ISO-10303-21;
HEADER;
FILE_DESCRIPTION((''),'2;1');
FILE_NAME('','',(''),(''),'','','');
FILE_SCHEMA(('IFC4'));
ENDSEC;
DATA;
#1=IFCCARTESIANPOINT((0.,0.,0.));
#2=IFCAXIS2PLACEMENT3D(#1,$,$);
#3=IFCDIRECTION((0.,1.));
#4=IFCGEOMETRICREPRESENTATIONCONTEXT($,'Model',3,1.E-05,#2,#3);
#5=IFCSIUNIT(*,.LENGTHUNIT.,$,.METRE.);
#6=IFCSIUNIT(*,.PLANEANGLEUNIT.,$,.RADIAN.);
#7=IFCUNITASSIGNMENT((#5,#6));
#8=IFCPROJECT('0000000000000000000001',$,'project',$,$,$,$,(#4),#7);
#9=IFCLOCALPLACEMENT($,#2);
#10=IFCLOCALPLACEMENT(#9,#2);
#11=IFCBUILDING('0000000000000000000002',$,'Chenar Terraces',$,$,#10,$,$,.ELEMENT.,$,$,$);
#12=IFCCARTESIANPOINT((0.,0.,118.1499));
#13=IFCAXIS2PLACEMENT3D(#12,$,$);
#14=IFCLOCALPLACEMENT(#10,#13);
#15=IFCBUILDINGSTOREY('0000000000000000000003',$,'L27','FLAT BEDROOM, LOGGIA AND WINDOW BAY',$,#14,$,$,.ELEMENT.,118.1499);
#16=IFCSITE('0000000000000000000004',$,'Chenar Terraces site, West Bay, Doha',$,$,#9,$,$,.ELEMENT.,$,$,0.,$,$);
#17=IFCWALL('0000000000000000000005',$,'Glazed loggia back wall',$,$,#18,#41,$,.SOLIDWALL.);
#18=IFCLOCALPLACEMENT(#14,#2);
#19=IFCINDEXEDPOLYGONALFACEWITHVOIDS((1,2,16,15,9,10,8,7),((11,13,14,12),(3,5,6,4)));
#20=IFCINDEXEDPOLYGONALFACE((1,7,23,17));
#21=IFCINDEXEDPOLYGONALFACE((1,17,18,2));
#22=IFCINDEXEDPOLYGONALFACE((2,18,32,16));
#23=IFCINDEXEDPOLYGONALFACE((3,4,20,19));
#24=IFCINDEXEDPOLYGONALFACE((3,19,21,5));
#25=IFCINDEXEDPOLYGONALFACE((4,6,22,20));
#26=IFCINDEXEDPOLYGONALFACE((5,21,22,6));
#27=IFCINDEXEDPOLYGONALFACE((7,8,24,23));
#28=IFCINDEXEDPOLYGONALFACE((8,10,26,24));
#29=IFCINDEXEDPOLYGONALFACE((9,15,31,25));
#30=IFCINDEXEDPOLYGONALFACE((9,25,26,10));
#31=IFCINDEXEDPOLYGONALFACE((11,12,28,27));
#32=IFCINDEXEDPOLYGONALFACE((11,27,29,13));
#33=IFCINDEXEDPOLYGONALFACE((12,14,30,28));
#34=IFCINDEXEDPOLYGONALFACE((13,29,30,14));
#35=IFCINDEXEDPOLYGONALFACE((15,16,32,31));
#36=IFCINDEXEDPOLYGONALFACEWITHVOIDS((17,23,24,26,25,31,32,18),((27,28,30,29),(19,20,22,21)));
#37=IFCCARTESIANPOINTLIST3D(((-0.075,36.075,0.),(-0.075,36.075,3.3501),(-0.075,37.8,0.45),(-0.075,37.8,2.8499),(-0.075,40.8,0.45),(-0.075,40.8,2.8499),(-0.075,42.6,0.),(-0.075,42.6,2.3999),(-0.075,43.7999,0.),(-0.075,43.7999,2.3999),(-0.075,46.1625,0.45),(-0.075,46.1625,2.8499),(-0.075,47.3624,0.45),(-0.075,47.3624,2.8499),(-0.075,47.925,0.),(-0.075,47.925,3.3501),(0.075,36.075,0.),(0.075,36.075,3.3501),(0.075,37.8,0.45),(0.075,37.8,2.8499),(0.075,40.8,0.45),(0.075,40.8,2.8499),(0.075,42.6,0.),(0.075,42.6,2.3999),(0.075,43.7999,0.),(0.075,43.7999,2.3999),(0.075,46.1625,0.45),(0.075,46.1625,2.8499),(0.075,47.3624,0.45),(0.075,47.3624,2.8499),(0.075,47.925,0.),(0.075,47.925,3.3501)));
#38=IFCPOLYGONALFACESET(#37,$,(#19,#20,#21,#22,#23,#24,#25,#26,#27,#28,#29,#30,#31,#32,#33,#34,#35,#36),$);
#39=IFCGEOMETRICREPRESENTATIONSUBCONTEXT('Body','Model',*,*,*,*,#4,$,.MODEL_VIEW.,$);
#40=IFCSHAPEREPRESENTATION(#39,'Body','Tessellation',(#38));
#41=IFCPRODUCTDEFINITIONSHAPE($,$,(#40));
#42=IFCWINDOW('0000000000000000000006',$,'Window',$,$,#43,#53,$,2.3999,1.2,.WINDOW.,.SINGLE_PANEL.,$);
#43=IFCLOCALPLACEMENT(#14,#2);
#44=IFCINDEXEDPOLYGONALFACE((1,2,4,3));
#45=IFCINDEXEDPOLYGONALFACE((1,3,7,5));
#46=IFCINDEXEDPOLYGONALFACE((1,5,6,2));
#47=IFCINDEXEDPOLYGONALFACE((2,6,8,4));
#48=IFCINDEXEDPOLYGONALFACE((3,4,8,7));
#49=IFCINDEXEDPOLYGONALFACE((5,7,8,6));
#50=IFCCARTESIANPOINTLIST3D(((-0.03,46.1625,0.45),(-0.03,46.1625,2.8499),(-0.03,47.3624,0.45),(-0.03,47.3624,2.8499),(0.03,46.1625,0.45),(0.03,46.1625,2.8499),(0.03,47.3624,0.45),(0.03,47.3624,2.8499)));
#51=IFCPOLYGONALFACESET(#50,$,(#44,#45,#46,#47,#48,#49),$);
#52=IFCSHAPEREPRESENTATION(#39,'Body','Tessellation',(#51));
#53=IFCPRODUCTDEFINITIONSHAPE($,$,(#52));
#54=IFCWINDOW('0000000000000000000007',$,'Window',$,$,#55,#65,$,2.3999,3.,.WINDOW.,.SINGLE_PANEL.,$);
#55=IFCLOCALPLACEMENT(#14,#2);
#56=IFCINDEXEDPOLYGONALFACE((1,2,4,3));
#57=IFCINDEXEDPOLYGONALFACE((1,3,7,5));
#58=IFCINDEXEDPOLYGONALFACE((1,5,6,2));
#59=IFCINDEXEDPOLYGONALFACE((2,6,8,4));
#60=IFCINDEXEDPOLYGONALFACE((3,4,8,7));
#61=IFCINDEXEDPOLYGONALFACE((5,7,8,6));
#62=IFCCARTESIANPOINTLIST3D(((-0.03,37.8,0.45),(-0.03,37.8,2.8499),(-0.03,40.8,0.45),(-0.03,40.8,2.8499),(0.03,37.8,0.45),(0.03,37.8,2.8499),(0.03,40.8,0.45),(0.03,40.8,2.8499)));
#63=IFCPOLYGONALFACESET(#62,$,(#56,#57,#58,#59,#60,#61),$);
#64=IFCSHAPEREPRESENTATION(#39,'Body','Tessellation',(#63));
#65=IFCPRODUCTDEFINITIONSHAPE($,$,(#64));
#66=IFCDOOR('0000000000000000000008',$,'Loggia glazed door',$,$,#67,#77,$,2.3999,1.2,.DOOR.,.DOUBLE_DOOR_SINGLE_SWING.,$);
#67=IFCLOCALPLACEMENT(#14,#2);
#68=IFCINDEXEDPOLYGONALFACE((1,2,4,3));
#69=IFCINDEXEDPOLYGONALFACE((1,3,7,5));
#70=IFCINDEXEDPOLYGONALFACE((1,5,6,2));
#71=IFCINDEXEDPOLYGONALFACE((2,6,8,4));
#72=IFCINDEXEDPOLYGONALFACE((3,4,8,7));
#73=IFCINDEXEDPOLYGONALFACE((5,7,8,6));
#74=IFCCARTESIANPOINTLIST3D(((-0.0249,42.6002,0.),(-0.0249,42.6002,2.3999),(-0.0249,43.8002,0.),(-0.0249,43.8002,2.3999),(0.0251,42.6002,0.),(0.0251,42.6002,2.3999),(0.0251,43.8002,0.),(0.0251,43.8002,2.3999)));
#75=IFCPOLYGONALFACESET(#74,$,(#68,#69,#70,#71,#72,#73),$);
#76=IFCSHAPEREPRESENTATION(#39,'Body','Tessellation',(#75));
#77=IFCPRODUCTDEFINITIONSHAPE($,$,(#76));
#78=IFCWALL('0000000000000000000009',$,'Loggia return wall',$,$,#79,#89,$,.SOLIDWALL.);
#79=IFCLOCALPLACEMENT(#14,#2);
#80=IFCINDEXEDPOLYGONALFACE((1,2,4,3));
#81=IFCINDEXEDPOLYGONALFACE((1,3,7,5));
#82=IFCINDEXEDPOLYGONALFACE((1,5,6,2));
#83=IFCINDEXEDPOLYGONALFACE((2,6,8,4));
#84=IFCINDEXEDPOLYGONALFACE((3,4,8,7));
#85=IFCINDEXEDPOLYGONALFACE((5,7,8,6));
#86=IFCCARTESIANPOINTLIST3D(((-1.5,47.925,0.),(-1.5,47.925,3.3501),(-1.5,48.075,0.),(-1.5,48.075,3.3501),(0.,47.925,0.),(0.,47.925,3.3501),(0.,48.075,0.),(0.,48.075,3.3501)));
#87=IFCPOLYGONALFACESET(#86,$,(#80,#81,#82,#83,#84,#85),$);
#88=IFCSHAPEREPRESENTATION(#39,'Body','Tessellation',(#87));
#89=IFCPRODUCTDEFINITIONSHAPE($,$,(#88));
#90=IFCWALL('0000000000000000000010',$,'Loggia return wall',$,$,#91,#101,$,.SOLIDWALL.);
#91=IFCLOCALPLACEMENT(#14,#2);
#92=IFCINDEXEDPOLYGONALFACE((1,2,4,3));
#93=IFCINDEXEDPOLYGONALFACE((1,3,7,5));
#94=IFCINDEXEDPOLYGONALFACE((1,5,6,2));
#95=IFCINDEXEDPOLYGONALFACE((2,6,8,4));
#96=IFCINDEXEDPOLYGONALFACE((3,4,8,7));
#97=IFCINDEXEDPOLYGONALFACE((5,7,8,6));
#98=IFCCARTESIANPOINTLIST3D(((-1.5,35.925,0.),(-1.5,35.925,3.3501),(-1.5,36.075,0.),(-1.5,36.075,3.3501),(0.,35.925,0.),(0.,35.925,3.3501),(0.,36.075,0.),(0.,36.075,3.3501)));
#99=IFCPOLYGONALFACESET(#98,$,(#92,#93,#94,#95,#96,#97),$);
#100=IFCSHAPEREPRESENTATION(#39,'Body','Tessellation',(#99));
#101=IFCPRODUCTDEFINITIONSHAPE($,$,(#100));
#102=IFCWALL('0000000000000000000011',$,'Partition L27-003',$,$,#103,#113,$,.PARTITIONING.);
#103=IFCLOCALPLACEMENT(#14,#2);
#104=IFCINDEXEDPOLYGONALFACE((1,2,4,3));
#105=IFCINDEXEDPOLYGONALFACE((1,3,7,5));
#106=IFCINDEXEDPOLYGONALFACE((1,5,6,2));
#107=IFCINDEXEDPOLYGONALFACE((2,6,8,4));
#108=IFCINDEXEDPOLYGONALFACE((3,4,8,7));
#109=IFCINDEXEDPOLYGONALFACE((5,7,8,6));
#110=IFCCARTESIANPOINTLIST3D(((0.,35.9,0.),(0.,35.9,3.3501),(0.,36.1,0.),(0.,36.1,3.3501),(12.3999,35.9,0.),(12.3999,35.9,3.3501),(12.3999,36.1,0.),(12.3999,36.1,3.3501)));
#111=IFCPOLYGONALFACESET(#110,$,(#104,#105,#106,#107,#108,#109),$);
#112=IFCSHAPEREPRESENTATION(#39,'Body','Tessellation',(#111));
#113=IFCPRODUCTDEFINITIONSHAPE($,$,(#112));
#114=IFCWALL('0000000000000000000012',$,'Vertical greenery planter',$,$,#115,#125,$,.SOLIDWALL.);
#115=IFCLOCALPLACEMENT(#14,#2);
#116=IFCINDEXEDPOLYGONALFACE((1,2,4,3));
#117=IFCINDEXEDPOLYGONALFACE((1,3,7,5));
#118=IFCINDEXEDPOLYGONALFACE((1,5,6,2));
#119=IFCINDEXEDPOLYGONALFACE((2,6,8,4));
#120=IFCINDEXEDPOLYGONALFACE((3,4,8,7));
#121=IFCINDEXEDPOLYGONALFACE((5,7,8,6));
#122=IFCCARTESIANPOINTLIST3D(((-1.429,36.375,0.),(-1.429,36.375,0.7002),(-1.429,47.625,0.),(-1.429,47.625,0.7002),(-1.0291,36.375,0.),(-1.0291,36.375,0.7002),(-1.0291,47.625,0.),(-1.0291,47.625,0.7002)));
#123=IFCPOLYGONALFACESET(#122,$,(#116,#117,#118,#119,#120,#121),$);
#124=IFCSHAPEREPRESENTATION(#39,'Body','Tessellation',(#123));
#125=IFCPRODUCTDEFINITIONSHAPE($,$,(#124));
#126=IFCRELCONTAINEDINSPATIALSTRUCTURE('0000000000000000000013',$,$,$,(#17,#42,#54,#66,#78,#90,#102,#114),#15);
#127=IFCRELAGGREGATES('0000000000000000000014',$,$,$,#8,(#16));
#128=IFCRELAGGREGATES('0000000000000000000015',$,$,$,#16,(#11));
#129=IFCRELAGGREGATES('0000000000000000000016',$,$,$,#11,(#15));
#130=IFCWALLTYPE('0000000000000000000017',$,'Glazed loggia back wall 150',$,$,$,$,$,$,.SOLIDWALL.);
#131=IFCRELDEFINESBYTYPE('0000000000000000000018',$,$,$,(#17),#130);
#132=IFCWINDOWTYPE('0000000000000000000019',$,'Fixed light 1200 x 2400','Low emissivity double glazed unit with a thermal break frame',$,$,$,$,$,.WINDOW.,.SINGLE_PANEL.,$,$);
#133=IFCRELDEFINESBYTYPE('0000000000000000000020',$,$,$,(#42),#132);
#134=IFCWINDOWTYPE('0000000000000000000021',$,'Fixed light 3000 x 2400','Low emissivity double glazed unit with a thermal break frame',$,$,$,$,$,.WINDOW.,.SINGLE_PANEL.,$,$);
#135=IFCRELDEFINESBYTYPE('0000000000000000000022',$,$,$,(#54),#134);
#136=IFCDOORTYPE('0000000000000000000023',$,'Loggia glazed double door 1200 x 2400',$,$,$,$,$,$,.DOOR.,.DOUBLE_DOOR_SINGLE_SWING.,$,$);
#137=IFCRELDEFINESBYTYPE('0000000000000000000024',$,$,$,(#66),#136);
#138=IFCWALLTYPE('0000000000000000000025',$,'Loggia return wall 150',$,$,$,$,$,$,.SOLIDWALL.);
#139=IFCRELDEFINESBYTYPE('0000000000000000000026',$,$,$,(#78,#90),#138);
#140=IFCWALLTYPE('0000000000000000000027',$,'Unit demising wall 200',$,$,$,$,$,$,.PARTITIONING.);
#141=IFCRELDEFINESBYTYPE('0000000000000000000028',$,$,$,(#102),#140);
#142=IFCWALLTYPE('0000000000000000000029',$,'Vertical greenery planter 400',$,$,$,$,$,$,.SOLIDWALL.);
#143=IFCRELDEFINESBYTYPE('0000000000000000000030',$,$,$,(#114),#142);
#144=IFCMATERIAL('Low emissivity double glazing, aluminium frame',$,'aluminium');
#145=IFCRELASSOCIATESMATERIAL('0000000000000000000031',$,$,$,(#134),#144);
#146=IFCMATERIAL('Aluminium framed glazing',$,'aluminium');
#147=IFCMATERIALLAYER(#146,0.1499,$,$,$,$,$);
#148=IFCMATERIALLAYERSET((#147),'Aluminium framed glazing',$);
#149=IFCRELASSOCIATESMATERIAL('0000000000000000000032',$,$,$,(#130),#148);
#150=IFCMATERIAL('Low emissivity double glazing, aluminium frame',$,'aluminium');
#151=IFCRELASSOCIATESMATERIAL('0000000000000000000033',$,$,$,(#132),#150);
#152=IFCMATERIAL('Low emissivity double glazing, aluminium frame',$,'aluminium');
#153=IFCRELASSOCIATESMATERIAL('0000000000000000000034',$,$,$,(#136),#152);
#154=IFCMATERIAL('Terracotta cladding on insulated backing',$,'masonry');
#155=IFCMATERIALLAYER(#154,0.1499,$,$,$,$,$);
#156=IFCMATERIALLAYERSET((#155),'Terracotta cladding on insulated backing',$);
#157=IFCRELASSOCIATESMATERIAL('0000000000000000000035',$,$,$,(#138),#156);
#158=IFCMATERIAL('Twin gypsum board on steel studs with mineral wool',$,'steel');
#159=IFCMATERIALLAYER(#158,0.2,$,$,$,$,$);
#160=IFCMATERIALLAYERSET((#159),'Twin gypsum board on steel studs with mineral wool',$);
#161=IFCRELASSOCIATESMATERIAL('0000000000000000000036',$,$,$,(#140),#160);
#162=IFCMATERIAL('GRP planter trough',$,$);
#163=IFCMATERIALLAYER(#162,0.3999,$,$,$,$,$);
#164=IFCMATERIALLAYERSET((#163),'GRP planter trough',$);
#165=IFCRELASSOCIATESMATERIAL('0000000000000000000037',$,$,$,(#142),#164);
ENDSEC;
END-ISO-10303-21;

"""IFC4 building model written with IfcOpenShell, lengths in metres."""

from ifc_helpers import new_model, si_unit, direction, frame, frame_2d, origin, place, context, subcontext, project, spatial, rectangle, extrude, material, layer, layer_set, type_object, element, fill, save


model = new_model("IFC4")

# Units and contexts
model_context = context("Model", 3, precision=1e-05, world=origin(), true_north=direction((0.0, 1.0)))
body_context = subcontext(model_context, "Body", "Model", "MODEL_VIEW")
ifc_project = project(units=[si_unit("LENGTHUNIT", "METRE"), si_unit("PLANEANGLEUNIT", "RADIAN")], contexts=[model_context])

# Site, building, storey
site_placement = place(None, origin())
site = spatial("IfcSite", under=ifc_project, at=site_placement, Name="Chenar Terraces site, West Bay, Doha", CompositionType="ELEMENT", RefElevation=0.0)
building_placement = place(site_placement, origin())
building = spatial("IfcBuilding", under=site, at=building_placement, Name="Chenar Terraces", CompositionType="ELEMENT")
storey_placement = place(building_placement, frame((0.0, 0.0, 118.1499)))
storey = spatial("IfcBuildingStorey", under=building, at=storey_placement, Name="L27", Description="FLAT BEDROOM, LOGGIA AND WINDOW BAY", CompositionType="ELEMENT", Elevation=118.1499)

# Shared definitions
placement = place(storey_placement, frame((0.0, 36.0, 0.0), z_axis=(0.0, 0.0, 1.0), x_axis=(1.0, 0.0, 0.0)))

# Shared definitions
ifc_material_1 = material(Name="Low emissivity double glazing, aluminium frame", Category="aluminium")
window_type_1 = type_object("IfcWindowType", Name="Fixed light 3000 x 2400", Description="Low emissivity double glazed unit with a thermal break frame", PartitioningType="SINGLE_PANEL", PredefinedType="WINDOW", material=ifc_material_1)

# Wall, openings, windows, door
ifc_material_2 = material(Name="Aluminium framed glazing", Category="aluminium")
ifc_layer_1 = layer(ifc_material_2, 0.1499)
ifc_layer_set_1 = layer_set([ifc_layer_1], Name="Aluminium framed glazing")
wall_type_1 = type_object("IfcWallType", Name="Glazed loggia back wall 150", PredefinedType="SOLIDWALL", material=ifc_layer_set_1)
wall_1_placement = place(storey_placement, frame((0.0, 47.925, 0.0), z_axis=(0.0, 0.0, 1.0), x_axis=(0.0, -1.0, 0.0)))
wall_1 = element("IfcWall", 1, at=wall_1_placement, inside=storey, type_object=wall_type_1, Name="Glazed loggia back wall", PredefinedType="SOLIDWALL", context=body_context, shape_type="SweptSolid", body=[
    extrude(rectangle(XDim=11.8501, YDim=0.1499, at=frame_2d((5.925, 0.0))), origin(), (0.0, 0.0, 1.0), 3.3501),
])
opening_1_placement = place(wall_1_placement, frame((0.5625, 0.0, 0.45)))
opening_1 = element("IfcOpeningElement", 2, at=opening_1_placement, cuts=wall_1, PredefinedType="OPENING", context=body_context, shape_type="SweptSolid", body=[
    extrude(rectangle(XDim=1.2, YDim=2.3999, at=frame_2d((0.6001, 1.2))), frame((0.0, 0.085, 0.0), z_axis=(0.0, -1.0, 0.0), x_axis=(1.0, 0.0, 0.0)), (0.0, 0.0, 1.0), 0.1699),
])
opening_2_placement = place(wall_1_placement, frame((4.125, 0.0, 0.0)))
opening_2 = element("IfcOpeningElement", 3, at=opening_2_placement, cuts=wall_1, PredefinedType="OPENING", context=body_context, shape_type="SweptSolid", body=[
    extrude(rectangle(XDim=1.2, YDim=2.3999, at=frame_2d((0.6001, 1.2))), frame((0.0, 0.085, 0.0), z_axis=(0.0, -1.0, 0.0), x_axis=(1.0, 0.0, 0.0)), (0.0, 0.0, 1.0), 0.1699),
])
opening_3_placement = place(wall_1_placement, frame((7.125, 0.0, 0.45)))
opening_3 = element("IfcOpeningElement", 4, at=opening_3_placement, cuts=wall_1, PredefinedType="OPENING", context=body_context, shape_type="SweptSolid", body=[
    extrude(rectangle(XDim=3.0, YDim=2.3999, at=frame_2d((1.5, 1.2))), frame((0.0, 0.085, 0.0), z_axis=(0.0, -1.0, 0.0), x_axis=(1.0, 0.0, 0.0)), (0.0, 0.0, 1.0), 0.1699),
])
ifc_material_3 = material(Name="Low emissivity double glazing, aluminium frame", Category="aluminium")
window_type_2 = type_object("IfcWindowType", Name="Fixed light 1200 x 2400", Description="Low emissivity double glazed unit with a thermal break frame", PartitioningType="SINGLE_PANEL", PredefinedType="WINDOW", material=ifc_material_3)
window_1_placement = place(opening_1_placement, origin())
window_1 = element("IfcWindow", 5, at=window_1_placement, inside=storey, type_object=window_type_2, Name="Window", OverallHeight=2.3999, OverallWidth=1.2, PartitioningType="SINGLE_PANEL", PredefinedType="WINDOW", context=body_context, shape_type="SweptSolid", body=[
    extrude(rectangle(XDim=1.2, YDim=2.3999, at=frame_2d((0.6001, 1.2))), frame((0.0, 0.03, 0.0), z_axis=(0.0, -1.0, 0.0), x_axis=(1.0, 0.0, 0.0)), (0.0, 0.0, 1.0), 0.0601),
])
fill(opening_1, window_1)
window_2_placement = place(opening_3_placement, origin())
window_2 = element("IfcWindow", 6, at=window_2_placement, inside=storey, type_object=window_type_1, Name="Window", OverallHeight=2.3999, OverallWidth=3.0, PartitioningType="SINGLE_PANEL", PredefinedType="WINDOW", context=body_context, shape_type="SweptSolid", body=[
    extrude(rectangle(XDim=3.0, YDim=2.3999, at=frame_2d((1.5, 1.2))), frame((0.0, 0.03, 0.0), z_axis=(0.0, -1.0, 0.0), x_axis=(1.0, 0.0, 0.0)), (0.0, 0.0, 1.0), 0.0601),
])
fill(opening_3, window_2)
ifc_material_4 = material(Name="Low emissivity double glazing, aluminium frame", Category="aluminium")
door_type = type_object("IfcDoorType", Name="Loggia glazed double door 1200 x 2400", OperationType="DOUBLE_DOOR_SINGLE_SWING", PredefinedType="DOOR", material=ifc_material_4)
door_placement = place(opening_2_placement, frame((1.2, 0.0, 0.0), z_axis=(0.0, 0.0, 1.0), x_axis=(-1.0, 0.0, 0.0)))
door = element("IfcDoor", 7, at=door_placement, inside=storey, type_object=door_type, Name="Loggia glazed door", OperationType="DOUBLE_DOOR_SINGLE_SWING", OverallHeight=2.3999, OverallWidth=1.2, PredefinedType="DOOR", context=body_context, shape_type="SweptSolid", body=[
    extrude(rectangle(XDim=1.2, YDim=2.3999, at=frame_2d((0.6001, 1.2))), frame((0.0, 0.0249, 0.0), z_axis=(0.0, -1.0, 0.0), x_axis=(1.0, 0.0, 0.0)), (0.0, 0.0, 1.0), 0.05),
])
fill(opening_2, door)

# Walls
ifc_material_5 = material(Name="Terracotta cladding on insulated backing", Category="masonry")
ifc_layer_2 = layer(ifc_material_5, 0.1499)
ifc_layer_set_2 = layer_set([ifc_layer_2], Name="Terracotta cladding on insulated backing")
wall_type_2 = type_object("IfcWallType", Name="Loggia return wall 150", PredefinedType="SOLIDWALL", material=ifc_layer_set_2)
for number, where, z_axis, x_axis, name in (
    (8, (-1.5, 48.0, 0.0), (0.0, 0.0, 1.0), (1.0, 0.0, 0.0), "Loggia return wall"),
    (9, (-1.5, 36.0, 0.0), (0.0, 0.0, 1.0), (1.0, 0.0, 0.0), "Loggia return wall"),
):
    element("IfcWall", number, at=place(storey_placement, frame(where, z_axis=z_axis, x_axis=x_axis)), inside=storey, type_object=wall_type_2, Name=name, PredefinedType="SOLIDWALL", context=body_context, shape_type="SweptSolid", body=[
        extrude(rectangle(XDim=1.5, YDim=0.1499, at=frame_2d((0.75, 0.0))), origin(), (0.0, 0.0, 1.0), 3.3501),
    ])
ifc_material_6 = material(Name="Twin gypsum board on steel studs with mineral wool", Category="steel")
ifc_layer_3 = layer(ifc_material_6, 0.2)
ifc_layer_set_3 = layer_set([ifc_layer_3], Name="Twin gypsum board on steel studs with mineral wool")
wall_type_3 = type_object("IfcWallType", Name="Unit demising wall 200", PredefinedType="PARTITIONING", material=ifc_layer_set_3)
element("IfcWall", 10, at=placement, inside=storey, type_object=wall_type_3, Name="Partition L27-003", PredefinedType="PARTITIONING", context=body_context, shape_type="SweptSolid", body=[
    extrude(rectangle(XDim=12.3999, YDim=0.2, at=frame_2d((6.2, 0.0))), origin(), (0.0, 0.0, 1.0), 3.3501),
])
ifc_material_7 = material(Name="GRP planter trough")
ifc_layer_4 = layer(ifc_material_7, 0.3999)
ifc_layer_set_4 = layer_set([ifc_layer_4], Name="GRP planter trough")
wall_type_4 = type_object("IfcWallType", Name="Vertical greenery planter 400", PredefinedType="SOLIDWALL", material=ifc_layer_set_4)
wall_2_placement = place(storey_placement, frame((-1.229, 47.625, 0.0), z_axis=(0.0, 0.0, 1.0), x_axis=(0.0, -1.0, 0.0)))
element("IfcWall", 11, at=wall_2_placement, inside=storey, type_object=wall_type_4, Name="Vertical greenery planter", PredefinedType="SOLIDWALL", context=body_context, shape_type="SweptSolid", body=[
    extrude(rectangle(XDim=11.25, YDim=0.3999, at=frame_2d((5.625, 0.0))), origin(), (0.0, 0.0, 1.0), 0.7002),
])

save(model, "model.ifc")
